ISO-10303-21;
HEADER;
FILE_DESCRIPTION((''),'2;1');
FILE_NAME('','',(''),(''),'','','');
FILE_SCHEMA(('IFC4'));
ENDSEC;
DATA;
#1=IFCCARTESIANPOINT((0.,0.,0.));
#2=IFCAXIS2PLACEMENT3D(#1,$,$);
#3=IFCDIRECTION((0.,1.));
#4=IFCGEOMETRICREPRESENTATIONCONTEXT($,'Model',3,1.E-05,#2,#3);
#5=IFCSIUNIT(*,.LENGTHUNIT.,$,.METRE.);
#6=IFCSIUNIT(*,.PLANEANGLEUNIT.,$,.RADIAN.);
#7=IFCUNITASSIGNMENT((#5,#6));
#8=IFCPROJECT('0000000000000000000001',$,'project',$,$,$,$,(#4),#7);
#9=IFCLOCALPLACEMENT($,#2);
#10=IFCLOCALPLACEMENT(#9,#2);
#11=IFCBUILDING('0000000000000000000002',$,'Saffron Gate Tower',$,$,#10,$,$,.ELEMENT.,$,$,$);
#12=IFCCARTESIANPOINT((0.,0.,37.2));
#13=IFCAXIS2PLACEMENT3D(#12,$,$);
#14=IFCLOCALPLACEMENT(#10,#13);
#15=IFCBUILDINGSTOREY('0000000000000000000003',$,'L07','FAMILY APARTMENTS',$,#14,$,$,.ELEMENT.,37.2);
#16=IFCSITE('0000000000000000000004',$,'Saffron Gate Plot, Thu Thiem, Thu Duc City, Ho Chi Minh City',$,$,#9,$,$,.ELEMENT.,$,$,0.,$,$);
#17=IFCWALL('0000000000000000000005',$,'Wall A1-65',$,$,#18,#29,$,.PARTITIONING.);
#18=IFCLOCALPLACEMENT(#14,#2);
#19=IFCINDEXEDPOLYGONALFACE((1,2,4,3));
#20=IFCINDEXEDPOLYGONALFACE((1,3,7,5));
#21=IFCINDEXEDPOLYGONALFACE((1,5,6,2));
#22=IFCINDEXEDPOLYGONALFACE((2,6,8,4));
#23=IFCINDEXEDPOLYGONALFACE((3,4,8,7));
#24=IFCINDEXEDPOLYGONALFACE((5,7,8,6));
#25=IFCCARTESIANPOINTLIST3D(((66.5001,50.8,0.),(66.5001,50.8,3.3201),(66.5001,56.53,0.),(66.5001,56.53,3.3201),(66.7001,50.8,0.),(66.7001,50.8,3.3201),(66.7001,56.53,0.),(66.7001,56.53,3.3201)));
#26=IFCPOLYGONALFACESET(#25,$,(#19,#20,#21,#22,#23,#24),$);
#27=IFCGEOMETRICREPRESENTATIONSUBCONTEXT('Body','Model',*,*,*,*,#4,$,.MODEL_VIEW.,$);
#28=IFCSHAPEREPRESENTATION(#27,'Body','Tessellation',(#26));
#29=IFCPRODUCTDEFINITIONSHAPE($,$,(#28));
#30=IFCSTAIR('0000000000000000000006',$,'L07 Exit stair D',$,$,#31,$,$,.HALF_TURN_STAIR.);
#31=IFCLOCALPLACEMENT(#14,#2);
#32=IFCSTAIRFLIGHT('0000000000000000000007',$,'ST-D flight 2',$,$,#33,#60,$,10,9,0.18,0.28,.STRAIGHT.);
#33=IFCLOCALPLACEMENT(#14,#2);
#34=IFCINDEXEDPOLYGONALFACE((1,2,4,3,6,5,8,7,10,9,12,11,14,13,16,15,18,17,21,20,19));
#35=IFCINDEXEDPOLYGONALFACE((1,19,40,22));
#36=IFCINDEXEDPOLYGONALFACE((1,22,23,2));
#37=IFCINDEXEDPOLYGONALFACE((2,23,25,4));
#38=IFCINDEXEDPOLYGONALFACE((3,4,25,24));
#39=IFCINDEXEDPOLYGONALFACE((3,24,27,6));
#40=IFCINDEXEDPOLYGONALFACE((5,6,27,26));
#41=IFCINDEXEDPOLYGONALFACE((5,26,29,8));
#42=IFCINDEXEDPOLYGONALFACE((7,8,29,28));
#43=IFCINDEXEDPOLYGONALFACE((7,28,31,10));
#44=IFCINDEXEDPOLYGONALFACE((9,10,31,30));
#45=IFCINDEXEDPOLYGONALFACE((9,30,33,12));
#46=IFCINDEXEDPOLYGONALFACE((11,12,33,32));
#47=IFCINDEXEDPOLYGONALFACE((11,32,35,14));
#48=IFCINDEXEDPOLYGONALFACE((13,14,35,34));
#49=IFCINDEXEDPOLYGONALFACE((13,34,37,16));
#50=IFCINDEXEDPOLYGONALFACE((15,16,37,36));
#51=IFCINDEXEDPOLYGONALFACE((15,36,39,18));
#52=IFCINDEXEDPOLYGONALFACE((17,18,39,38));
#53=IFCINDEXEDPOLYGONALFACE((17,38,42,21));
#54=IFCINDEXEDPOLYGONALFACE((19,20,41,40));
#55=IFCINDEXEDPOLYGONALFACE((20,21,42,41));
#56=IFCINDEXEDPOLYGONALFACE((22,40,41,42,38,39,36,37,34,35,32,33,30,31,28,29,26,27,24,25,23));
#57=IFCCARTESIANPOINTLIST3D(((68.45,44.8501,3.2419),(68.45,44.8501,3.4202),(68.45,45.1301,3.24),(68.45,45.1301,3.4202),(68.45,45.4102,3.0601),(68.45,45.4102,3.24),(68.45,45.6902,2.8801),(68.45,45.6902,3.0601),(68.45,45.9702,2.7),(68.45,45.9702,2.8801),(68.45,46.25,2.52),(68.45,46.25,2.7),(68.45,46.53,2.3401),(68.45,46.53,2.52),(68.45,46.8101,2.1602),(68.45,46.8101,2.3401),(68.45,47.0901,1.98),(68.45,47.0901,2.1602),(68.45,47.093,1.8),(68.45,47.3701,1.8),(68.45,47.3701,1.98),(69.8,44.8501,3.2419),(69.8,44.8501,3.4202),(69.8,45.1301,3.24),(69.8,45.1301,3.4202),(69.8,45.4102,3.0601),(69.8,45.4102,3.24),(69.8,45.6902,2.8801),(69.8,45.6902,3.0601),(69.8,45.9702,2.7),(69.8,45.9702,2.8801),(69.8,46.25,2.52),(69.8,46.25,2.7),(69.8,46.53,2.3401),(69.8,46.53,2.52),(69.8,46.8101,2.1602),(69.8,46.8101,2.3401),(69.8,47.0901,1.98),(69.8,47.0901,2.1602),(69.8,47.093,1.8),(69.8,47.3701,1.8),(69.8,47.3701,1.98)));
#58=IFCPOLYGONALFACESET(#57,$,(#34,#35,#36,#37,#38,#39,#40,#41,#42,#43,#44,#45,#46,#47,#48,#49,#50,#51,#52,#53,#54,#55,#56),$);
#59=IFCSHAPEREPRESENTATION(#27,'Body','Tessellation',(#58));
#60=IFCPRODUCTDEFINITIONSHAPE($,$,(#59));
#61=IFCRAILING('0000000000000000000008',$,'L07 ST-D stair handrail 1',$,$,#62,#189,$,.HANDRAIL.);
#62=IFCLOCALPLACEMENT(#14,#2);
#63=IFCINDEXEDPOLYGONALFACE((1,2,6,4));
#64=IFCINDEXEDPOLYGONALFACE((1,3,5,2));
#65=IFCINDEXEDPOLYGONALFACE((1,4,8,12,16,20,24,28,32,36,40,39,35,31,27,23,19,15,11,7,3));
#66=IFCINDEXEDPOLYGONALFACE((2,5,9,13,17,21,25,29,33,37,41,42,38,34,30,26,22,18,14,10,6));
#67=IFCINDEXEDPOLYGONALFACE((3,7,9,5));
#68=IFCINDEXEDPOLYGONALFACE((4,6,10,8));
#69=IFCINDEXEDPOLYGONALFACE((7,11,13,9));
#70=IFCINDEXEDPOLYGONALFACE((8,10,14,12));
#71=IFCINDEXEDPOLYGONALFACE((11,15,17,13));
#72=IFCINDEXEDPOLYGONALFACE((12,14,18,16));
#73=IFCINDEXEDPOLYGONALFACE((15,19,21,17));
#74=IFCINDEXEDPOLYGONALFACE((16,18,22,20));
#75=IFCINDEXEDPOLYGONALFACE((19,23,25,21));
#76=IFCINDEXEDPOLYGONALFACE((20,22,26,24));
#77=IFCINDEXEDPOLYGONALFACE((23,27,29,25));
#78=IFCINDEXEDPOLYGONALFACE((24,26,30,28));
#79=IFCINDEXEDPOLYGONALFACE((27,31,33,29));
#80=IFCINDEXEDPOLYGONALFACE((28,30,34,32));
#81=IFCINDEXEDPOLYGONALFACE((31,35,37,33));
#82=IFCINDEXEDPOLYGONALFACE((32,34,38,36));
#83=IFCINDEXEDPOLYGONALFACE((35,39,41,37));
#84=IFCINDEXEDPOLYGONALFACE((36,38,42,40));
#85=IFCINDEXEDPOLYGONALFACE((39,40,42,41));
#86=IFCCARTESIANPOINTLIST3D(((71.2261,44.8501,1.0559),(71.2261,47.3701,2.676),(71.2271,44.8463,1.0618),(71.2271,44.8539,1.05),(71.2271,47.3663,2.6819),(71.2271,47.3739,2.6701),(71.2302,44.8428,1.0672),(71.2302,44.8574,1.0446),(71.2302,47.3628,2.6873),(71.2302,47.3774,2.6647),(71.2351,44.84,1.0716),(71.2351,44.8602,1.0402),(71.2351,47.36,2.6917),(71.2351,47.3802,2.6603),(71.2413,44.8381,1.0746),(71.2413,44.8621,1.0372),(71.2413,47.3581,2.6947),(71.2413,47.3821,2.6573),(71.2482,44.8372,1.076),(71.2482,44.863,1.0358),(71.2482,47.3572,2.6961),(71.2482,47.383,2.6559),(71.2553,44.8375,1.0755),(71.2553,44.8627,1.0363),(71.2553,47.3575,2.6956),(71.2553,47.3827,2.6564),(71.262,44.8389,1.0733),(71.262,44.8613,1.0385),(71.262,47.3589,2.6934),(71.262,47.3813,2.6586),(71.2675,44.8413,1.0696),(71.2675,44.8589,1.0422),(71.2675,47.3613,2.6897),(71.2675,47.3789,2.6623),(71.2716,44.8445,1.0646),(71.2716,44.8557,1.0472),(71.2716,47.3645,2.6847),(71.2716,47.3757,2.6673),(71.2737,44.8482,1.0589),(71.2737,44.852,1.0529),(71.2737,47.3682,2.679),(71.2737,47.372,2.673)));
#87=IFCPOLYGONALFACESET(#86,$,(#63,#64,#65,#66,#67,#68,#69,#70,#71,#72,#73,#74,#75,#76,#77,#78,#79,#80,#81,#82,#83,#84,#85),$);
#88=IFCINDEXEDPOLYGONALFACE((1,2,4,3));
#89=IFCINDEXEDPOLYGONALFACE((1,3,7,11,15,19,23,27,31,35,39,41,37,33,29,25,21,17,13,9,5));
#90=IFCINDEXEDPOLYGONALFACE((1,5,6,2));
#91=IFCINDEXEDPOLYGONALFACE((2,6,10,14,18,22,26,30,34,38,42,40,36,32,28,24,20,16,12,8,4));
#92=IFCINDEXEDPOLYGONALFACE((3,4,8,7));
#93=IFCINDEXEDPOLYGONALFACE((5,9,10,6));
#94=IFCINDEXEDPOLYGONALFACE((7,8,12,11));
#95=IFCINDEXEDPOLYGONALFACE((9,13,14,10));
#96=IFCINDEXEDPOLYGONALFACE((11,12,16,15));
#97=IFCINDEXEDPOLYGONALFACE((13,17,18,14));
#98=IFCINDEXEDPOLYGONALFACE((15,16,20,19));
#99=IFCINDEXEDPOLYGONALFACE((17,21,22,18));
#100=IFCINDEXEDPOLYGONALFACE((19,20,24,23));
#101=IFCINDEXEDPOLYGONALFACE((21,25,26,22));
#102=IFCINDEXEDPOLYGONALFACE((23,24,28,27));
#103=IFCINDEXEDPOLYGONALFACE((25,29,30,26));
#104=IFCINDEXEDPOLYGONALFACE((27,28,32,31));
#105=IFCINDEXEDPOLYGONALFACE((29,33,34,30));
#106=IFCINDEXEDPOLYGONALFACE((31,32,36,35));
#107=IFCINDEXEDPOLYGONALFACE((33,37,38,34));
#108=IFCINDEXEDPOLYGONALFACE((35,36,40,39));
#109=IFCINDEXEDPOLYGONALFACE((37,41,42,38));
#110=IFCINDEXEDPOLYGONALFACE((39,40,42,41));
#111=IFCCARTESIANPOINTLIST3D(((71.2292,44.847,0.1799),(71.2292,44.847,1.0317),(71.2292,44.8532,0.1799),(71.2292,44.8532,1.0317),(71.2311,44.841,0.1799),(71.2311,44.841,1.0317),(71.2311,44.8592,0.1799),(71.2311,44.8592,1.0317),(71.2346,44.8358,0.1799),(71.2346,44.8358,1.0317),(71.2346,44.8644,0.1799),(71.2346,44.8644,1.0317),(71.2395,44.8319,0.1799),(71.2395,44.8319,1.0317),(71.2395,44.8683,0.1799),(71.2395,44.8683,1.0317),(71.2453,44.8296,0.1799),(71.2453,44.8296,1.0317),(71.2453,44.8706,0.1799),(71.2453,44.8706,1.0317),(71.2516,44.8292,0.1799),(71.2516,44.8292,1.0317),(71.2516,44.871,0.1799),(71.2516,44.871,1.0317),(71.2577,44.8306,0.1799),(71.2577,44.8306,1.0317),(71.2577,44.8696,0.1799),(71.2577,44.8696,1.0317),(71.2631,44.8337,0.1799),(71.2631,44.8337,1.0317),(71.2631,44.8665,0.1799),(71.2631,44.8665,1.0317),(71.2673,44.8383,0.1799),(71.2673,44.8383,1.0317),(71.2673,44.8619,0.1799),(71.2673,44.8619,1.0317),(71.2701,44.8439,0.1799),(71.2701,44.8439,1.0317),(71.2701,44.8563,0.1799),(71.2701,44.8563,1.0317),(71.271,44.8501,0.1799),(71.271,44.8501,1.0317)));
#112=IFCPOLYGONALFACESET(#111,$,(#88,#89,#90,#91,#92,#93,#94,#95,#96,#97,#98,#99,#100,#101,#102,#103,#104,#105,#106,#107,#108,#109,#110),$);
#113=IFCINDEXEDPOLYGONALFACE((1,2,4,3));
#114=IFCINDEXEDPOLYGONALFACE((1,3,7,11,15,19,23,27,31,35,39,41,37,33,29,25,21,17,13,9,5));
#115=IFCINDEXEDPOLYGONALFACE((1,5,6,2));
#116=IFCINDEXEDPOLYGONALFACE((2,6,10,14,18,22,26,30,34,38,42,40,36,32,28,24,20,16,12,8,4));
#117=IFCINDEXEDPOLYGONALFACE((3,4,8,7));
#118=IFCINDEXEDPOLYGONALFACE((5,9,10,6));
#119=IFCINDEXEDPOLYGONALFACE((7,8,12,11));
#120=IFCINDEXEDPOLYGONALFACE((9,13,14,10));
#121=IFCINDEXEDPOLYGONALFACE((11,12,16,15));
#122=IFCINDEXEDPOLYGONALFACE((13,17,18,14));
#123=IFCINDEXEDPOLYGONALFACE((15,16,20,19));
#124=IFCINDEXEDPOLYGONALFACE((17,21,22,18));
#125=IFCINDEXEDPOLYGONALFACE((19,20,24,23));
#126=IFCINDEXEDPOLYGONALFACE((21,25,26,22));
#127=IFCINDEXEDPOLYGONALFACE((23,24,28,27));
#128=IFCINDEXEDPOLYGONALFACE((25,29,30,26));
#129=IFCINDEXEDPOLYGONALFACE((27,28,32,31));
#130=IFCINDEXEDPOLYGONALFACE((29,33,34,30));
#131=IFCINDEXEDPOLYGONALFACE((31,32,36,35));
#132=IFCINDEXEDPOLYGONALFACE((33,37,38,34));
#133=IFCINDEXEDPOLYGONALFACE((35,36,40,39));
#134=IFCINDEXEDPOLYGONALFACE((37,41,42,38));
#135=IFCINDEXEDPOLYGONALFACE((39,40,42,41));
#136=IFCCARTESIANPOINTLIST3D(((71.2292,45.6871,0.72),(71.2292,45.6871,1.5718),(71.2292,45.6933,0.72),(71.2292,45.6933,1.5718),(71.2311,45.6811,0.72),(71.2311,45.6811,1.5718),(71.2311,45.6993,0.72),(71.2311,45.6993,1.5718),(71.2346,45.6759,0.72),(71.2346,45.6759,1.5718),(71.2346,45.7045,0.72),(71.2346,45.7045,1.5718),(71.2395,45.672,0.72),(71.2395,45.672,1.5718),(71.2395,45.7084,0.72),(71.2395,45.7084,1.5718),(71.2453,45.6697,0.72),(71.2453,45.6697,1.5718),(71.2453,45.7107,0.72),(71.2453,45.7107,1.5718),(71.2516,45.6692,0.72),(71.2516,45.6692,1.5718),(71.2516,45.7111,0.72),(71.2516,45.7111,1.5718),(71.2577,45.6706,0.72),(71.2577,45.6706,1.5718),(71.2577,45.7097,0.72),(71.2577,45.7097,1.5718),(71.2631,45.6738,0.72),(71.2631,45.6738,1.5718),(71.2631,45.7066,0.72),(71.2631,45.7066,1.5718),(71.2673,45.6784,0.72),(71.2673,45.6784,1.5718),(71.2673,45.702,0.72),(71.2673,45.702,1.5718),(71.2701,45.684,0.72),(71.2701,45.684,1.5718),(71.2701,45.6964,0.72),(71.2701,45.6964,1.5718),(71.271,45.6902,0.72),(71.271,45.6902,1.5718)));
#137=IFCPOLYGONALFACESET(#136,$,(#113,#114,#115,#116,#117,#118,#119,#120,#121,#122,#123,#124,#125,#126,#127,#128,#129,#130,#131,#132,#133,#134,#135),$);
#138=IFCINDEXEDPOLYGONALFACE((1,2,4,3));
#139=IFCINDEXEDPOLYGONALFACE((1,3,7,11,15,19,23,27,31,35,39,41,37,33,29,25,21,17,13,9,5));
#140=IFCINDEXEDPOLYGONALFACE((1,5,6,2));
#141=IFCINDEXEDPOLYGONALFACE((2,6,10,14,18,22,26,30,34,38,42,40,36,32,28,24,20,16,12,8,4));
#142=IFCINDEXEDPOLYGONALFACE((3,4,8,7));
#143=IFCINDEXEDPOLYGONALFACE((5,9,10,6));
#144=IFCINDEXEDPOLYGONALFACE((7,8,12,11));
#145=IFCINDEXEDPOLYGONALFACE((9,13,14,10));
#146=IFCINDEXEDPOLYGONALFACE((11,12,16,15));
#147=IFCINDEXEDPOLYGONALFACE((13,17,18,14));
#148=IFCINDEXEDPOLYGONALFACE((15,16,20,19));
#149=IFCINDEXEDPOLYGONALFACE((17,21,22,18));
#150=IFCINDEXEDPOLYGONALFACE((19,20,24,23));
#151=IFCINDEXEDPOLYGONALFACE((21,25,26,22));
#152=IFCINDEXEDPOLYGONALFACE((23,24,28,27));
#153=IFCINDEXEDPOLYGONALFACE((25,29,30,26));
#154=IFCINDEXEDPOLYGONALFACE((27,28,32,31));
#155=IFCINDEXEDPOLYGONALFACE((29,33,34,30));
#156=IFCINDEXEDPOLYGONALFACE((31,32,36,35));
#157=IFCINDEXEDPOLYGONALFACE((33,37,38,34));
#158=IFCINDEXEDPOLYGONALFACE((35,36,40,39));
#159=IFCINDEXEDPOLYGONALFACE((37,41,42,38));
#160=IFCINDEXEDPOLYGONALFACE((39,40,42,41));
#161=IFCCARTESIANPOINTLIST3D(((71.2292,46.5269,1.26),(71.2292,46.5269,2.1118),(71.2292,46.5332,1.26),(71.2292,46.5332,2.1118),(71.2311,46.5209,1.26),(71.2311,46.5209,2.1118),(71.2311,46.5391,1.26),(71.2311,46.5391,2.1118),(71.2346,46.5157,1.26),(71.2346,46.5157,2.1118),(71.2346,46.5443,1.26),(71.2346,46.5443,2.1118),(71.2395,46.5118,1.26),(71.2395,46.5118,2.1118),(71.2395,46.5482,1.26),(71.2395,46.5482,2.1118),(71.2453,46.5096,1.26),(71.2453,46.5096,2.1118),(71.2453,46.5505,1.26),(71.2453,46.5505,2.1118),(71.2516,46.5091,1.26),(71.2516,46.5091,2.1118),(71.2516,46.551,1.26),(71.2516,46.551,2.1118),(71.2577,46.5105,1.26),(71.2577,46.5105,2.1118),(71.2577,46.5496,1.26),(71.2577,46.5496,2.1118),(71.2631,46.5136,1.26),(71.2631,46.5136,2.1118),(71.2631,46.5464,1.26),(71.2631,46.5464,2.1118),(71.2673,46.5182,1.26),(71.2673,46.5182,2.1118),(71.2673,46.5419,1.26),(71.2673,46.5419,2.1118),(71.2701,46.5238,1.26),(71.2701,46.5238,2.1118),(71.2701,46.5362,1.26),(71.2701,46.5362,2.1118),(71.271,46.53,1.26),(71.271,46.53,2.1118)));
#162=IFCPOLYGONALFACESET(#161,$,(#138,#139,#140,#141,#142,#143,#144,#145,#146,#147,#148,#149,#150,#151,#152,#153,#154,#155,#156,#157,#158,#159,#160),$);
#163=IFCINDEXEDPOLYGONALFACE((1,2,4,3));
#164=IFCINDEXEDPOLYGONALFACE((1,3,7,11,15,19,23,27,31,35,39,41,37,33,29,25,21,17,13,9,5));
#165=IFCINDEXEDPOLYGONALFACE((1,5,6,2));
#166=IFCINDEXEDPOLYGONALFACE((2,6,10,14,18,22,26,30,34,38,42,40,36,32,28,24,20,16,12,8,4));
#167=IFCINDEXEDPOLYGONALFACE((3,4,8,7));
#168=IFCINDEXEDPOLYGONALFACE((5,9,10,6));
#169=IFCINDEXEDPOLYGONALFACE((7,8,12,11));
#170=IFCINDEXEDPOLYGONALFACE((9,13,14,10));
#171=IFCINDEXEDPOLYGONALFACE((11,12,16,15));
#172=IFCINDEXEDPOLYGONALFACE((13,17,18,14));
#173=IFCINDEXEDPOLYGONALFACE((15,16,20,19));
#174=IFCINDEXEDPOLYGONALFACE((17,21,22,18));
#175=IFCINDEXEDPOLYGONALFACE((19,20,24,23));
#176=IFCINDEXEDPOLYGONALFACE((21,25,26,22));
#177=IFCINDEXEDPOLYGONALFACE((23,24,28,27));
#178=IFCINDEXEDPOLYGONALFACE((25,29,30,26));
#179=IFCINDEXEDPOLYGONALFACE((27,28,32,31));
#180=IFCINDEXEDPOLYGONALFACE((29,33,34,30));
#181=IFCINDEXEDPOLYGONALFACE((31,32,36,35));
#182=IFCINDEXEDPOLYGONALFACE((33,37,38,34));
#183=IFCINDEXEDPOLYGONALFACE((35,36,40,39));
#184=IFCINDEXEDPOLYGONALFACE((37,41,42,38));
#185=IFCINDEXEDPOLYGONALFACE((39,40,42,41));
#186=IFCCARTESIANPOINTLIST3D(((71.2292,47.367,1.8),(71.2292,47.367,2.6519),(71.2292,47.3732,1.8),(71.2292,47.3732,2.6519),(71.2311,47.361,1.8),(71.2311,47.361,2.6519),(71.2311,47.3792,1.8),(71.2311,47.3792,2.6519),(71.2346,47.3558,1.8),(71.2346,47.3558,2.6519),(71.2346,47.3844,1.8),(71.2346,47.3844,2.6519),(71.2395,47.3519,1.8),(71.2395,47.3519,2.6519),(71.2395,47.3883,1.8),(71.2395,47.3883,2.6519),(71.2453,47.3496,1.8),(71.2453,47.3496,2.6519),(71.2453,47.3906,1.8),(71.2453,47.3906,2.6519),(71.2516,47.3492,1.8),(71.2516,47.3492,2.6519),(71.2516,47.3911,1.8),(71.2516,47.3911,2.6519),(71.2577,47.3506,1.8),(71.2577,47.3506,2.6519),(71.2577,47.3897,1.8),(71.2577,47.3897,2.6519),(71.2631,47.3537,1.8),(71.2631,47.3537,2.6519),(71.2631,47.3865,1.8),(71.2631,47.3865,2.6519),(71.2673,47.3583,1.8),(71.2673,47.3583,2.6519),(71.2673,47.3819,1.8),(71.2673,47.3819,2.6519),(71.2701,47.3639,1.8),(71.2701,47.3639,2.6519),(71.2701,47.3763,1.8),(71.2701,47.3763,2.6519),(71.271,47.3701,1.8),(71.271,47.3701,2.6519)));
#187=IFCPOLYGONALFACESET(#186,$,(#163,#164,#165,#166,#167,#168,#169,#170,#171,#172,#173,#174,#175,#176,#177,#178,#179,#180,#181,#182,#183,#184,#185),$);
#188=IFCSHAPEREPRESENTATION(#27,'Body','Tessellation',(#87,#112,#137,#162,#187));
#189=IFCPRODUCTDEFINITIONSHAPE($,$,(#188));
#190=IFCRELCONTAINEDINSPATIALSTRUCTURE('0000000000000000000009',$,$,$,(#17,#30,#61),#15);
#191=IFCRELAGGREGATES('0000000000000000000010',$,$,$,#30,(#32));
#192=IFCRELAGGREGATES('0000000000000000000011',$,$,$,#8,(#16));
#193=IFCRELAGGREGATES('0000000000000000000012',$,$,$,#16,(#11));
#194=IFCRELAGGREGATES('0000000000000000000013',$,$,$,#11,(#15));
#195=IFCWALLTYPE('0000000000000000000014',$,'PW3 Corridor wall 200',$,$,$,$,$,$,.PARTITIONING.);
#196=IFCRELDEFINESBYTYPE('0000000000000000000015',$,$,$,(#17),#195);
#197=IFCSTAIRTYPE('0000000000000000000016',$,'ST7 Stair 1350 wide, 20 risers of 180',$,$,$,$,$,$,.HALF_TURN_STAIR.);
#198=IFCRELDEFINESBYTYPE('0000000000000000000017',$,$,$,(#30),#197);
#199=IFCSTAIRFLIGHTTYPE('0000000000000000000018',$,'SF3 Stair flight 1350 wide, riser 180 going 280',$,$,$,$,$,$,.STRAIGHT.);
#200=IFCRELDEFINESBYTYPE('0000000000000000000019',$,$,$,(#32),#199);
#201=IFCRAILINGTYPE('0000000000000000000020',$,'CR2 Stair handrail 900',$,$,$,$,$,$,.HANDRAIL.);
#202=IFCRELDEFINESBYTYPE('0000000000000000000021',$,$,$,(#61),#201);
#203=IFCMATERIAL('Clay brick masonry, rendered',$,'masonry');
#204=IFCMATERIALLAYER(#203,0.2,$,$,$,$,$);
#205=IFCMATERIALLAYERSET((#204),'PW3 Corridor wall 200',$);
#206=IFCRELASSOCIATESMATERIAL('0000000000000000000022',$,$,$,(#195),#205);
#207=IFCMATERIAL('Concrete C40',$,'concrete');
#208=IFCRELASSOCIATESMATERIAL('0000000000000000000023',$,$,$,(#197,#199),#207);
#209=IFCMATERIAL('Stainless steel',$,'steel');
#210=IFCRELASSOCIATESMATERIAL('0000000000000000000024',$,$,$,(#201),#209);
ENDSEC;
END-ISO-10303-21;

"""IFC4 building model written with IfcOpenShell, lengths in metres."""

from ifc_helpers import new_model, si_unit, direction, frame, frame_2d, origin, origin_2d, place, context, subcontext, project, spatial, polyline, rectangle, circle, outline, extrude, material, layer, layer_set, type_object, element, aggregate, save


model = new_model("IFC4")

# Units and contexts
model_context = context("Model", 3, precision=1e-05, world=origin(), true_north=direction((0.0, 1.0)))
body_context = subcontext(model_context, "Body", "Model", "MODEL_VIEW")
ifc_project = project(units=[si_unit("LENGTHUNIT", "METRE"), si_unit("PLANEANGLEUNIT", "RADIAN")], contexts=[model_context])

# Site, building, storey
site_placement = place(None, origin())
site = spatial("IfcSite", under=ifc_project, at=site_placement, Name="Saffron Gate Plot, Thu Thiem, Thu Duc City, Ho Chi Minh City", CompositionType="ELEMENT", RefElevation=0.0)
building_placement = place(site_placement, origin())
building = spatial("IfcBuilding", under=site, at=building_placement, Name="Saffron Gate Tower", CompositionType="ELEMENT")
storey_placement = place(building_placement, frame((0.0, 0.0, 37.2)))
storey = spatial("IfcBuildingStorey", under=building, at=storey_placement, Name="L07", Description="FAMILY APARTMENTS", CompositionType="ELEMENT", Elevation=37.2)

# Wall
ifc_material_1 = material(Name="Clay brick masonry, rendered", Category="masonry")
ifc_layer_1 = layer(ifc_material_1, 0.2)
ifc_layer_set_1 = layer_set([ifc_layer_1], Name="PW3 Corridor wall 200")
wall_type_1 = type_object("IfcWallType", Name="PW3 Corridor wall 200", PredefinedType="PARTITIONING", material=ifc_layer_set_1)
wall_1_placement = place(storey_placement, frame((66.6001, 56.53, 0.0), z_axis=(0.0, 0.0, 1.0), x_axis=(0.0, -1.0, 0.0)))
element("IfcWall", 1, at=wall_1_placement, inside=storey, type_object=wall_type_1, Name="Wall A1-65", PredefinedType="PARTITIONING", context=body_context, shape_type="SweptSolid", body=[
    extrude(rectangle(XDim=5.73, YDim=0.2, at=frame_2d((2.865, 0.0))), origin(), (0.0, 0.0, 1.0), 3.3201),
])

# Stair, stair flight
ifc_material_2 = material(Name="Concrete C40", Category="concrete")
stair_type = type_object("IfcStairType", Name="ST7 Stair 1350 wide, 20 risers of 180", PredefinedType="HALF_TURN_STAIR", material=ifc_material_2)
stair_placement = place(storey_placement, origin())
stair = element("IfcStair", 2, at=stair_placement, inside=storey, type_object=stair_type, Name="L07 Exit stair D", PredefinedType="HALF_TURN_STAIR")
stair_flight_type = type_object("IfcStairFlightType", Name="SF3 Stair flight 1350 wide, riser 180 going 280", PredefinedType="STRAIGHT", material=ifc_material_2)
stair_flight_placement = place(storey_placement, frame((69.125, 47.3701, 1.8), z_axis=(0.0, 0.0, 1.0), x_axis=(0.0, -1.0, 0.0)))
stair_flight = element("IfcStairFlight", 3, at=stair_flight_placement, type_object=stair_flight_type, Name="ST-D flight 2", NumberOfRisers=10, NumberOfTreads=9, PredefinedType="STRAIGHT", RiserHeight=0.18, TreadLength=0.28, context=body_context, shape_type="SweptSolid", body=[
    extrude(outline(polyline([(0.0, 0.0), (0.0, 0.1799), (0.28, 0.1799), (0.28, 0.3601), (0.5601, 0.3601), (0.5601, 0.54), (0.8401, 0.54), (0.8401, 0.72), (1.1201, 0.72), (1.1201, 0.8999), (1.3999, 0.8999), (1.3999, 1.0801), (1.6799, 1.0801), (1.6799, 1.26), (1.96, 1.26), (1.96, 1.4399), (2.24, 1.4399), (2.24, 1.6201), (2.52, 1.6201), (2.52, 1.8), (2.52, 1.4419), (0.2771, 0.0), (0.0, 0.0)])), frame((0.0, 0.675, 0.0), z_axis=(0.0, -1.0, 0.0), x_axis=(1.0, 0.0, 0.0)), (0.0, 0.0, 1.0), 1.3501),
])
aggregate(stair, [stair_flight])

# Railing
ifc_material_3 = material(Name="Stainless steel", Category="steel")
railing_type = type_object("IfcRailingType", Name="CR2 Stair handrail 900", PredefinedType="HANDRAIL", material=ifc_material_3)
railing_1_placement = place(storey_placement, frame((71.25, 44.8501, 0.1799)))
element("IfcRailing", 4, at=railing_1_placement, inside=storey, type_object=railing_type, Name="L07 ST-D stair handrail 1", PredefinedType="HANDRAIL", context=body_context, shape_type="SweptSolid", body=[
    extrude(circle(Radius=0.0239, at=origin_2d()), frame((0.0, 0.0, 0.876), z_axis=(0.0, 0.841163, 0.540782), x_axis=(-1.0, 0.0, 0.0)), (0.0, 0.0, 1.0), 2.9958),
    extrude(circle(Radius=0.021, at=origin_2d()), origin(), (0.0, 0.0, 1.0), 0.8518),
    extrude(circle(Radius=0.021, at=origin_2d()), frame((0.0, 0.8401, 0.54)), (0.0, 0.0, 1.0), 0.8518),
    extrude(circle(Radius=0.021, at=origin_2d()), frame((0.0, 1.6799, 1.0801)), (0.0, 0.0, 1.0), 0.8518),
    extrude(circle(Radius=0.021, at=origin_2d()), frame((0.0, 2.52, 1.6201)), (0.0, 0.0, 1.0), 0.8518),
])

save(model, "model.ifc")
